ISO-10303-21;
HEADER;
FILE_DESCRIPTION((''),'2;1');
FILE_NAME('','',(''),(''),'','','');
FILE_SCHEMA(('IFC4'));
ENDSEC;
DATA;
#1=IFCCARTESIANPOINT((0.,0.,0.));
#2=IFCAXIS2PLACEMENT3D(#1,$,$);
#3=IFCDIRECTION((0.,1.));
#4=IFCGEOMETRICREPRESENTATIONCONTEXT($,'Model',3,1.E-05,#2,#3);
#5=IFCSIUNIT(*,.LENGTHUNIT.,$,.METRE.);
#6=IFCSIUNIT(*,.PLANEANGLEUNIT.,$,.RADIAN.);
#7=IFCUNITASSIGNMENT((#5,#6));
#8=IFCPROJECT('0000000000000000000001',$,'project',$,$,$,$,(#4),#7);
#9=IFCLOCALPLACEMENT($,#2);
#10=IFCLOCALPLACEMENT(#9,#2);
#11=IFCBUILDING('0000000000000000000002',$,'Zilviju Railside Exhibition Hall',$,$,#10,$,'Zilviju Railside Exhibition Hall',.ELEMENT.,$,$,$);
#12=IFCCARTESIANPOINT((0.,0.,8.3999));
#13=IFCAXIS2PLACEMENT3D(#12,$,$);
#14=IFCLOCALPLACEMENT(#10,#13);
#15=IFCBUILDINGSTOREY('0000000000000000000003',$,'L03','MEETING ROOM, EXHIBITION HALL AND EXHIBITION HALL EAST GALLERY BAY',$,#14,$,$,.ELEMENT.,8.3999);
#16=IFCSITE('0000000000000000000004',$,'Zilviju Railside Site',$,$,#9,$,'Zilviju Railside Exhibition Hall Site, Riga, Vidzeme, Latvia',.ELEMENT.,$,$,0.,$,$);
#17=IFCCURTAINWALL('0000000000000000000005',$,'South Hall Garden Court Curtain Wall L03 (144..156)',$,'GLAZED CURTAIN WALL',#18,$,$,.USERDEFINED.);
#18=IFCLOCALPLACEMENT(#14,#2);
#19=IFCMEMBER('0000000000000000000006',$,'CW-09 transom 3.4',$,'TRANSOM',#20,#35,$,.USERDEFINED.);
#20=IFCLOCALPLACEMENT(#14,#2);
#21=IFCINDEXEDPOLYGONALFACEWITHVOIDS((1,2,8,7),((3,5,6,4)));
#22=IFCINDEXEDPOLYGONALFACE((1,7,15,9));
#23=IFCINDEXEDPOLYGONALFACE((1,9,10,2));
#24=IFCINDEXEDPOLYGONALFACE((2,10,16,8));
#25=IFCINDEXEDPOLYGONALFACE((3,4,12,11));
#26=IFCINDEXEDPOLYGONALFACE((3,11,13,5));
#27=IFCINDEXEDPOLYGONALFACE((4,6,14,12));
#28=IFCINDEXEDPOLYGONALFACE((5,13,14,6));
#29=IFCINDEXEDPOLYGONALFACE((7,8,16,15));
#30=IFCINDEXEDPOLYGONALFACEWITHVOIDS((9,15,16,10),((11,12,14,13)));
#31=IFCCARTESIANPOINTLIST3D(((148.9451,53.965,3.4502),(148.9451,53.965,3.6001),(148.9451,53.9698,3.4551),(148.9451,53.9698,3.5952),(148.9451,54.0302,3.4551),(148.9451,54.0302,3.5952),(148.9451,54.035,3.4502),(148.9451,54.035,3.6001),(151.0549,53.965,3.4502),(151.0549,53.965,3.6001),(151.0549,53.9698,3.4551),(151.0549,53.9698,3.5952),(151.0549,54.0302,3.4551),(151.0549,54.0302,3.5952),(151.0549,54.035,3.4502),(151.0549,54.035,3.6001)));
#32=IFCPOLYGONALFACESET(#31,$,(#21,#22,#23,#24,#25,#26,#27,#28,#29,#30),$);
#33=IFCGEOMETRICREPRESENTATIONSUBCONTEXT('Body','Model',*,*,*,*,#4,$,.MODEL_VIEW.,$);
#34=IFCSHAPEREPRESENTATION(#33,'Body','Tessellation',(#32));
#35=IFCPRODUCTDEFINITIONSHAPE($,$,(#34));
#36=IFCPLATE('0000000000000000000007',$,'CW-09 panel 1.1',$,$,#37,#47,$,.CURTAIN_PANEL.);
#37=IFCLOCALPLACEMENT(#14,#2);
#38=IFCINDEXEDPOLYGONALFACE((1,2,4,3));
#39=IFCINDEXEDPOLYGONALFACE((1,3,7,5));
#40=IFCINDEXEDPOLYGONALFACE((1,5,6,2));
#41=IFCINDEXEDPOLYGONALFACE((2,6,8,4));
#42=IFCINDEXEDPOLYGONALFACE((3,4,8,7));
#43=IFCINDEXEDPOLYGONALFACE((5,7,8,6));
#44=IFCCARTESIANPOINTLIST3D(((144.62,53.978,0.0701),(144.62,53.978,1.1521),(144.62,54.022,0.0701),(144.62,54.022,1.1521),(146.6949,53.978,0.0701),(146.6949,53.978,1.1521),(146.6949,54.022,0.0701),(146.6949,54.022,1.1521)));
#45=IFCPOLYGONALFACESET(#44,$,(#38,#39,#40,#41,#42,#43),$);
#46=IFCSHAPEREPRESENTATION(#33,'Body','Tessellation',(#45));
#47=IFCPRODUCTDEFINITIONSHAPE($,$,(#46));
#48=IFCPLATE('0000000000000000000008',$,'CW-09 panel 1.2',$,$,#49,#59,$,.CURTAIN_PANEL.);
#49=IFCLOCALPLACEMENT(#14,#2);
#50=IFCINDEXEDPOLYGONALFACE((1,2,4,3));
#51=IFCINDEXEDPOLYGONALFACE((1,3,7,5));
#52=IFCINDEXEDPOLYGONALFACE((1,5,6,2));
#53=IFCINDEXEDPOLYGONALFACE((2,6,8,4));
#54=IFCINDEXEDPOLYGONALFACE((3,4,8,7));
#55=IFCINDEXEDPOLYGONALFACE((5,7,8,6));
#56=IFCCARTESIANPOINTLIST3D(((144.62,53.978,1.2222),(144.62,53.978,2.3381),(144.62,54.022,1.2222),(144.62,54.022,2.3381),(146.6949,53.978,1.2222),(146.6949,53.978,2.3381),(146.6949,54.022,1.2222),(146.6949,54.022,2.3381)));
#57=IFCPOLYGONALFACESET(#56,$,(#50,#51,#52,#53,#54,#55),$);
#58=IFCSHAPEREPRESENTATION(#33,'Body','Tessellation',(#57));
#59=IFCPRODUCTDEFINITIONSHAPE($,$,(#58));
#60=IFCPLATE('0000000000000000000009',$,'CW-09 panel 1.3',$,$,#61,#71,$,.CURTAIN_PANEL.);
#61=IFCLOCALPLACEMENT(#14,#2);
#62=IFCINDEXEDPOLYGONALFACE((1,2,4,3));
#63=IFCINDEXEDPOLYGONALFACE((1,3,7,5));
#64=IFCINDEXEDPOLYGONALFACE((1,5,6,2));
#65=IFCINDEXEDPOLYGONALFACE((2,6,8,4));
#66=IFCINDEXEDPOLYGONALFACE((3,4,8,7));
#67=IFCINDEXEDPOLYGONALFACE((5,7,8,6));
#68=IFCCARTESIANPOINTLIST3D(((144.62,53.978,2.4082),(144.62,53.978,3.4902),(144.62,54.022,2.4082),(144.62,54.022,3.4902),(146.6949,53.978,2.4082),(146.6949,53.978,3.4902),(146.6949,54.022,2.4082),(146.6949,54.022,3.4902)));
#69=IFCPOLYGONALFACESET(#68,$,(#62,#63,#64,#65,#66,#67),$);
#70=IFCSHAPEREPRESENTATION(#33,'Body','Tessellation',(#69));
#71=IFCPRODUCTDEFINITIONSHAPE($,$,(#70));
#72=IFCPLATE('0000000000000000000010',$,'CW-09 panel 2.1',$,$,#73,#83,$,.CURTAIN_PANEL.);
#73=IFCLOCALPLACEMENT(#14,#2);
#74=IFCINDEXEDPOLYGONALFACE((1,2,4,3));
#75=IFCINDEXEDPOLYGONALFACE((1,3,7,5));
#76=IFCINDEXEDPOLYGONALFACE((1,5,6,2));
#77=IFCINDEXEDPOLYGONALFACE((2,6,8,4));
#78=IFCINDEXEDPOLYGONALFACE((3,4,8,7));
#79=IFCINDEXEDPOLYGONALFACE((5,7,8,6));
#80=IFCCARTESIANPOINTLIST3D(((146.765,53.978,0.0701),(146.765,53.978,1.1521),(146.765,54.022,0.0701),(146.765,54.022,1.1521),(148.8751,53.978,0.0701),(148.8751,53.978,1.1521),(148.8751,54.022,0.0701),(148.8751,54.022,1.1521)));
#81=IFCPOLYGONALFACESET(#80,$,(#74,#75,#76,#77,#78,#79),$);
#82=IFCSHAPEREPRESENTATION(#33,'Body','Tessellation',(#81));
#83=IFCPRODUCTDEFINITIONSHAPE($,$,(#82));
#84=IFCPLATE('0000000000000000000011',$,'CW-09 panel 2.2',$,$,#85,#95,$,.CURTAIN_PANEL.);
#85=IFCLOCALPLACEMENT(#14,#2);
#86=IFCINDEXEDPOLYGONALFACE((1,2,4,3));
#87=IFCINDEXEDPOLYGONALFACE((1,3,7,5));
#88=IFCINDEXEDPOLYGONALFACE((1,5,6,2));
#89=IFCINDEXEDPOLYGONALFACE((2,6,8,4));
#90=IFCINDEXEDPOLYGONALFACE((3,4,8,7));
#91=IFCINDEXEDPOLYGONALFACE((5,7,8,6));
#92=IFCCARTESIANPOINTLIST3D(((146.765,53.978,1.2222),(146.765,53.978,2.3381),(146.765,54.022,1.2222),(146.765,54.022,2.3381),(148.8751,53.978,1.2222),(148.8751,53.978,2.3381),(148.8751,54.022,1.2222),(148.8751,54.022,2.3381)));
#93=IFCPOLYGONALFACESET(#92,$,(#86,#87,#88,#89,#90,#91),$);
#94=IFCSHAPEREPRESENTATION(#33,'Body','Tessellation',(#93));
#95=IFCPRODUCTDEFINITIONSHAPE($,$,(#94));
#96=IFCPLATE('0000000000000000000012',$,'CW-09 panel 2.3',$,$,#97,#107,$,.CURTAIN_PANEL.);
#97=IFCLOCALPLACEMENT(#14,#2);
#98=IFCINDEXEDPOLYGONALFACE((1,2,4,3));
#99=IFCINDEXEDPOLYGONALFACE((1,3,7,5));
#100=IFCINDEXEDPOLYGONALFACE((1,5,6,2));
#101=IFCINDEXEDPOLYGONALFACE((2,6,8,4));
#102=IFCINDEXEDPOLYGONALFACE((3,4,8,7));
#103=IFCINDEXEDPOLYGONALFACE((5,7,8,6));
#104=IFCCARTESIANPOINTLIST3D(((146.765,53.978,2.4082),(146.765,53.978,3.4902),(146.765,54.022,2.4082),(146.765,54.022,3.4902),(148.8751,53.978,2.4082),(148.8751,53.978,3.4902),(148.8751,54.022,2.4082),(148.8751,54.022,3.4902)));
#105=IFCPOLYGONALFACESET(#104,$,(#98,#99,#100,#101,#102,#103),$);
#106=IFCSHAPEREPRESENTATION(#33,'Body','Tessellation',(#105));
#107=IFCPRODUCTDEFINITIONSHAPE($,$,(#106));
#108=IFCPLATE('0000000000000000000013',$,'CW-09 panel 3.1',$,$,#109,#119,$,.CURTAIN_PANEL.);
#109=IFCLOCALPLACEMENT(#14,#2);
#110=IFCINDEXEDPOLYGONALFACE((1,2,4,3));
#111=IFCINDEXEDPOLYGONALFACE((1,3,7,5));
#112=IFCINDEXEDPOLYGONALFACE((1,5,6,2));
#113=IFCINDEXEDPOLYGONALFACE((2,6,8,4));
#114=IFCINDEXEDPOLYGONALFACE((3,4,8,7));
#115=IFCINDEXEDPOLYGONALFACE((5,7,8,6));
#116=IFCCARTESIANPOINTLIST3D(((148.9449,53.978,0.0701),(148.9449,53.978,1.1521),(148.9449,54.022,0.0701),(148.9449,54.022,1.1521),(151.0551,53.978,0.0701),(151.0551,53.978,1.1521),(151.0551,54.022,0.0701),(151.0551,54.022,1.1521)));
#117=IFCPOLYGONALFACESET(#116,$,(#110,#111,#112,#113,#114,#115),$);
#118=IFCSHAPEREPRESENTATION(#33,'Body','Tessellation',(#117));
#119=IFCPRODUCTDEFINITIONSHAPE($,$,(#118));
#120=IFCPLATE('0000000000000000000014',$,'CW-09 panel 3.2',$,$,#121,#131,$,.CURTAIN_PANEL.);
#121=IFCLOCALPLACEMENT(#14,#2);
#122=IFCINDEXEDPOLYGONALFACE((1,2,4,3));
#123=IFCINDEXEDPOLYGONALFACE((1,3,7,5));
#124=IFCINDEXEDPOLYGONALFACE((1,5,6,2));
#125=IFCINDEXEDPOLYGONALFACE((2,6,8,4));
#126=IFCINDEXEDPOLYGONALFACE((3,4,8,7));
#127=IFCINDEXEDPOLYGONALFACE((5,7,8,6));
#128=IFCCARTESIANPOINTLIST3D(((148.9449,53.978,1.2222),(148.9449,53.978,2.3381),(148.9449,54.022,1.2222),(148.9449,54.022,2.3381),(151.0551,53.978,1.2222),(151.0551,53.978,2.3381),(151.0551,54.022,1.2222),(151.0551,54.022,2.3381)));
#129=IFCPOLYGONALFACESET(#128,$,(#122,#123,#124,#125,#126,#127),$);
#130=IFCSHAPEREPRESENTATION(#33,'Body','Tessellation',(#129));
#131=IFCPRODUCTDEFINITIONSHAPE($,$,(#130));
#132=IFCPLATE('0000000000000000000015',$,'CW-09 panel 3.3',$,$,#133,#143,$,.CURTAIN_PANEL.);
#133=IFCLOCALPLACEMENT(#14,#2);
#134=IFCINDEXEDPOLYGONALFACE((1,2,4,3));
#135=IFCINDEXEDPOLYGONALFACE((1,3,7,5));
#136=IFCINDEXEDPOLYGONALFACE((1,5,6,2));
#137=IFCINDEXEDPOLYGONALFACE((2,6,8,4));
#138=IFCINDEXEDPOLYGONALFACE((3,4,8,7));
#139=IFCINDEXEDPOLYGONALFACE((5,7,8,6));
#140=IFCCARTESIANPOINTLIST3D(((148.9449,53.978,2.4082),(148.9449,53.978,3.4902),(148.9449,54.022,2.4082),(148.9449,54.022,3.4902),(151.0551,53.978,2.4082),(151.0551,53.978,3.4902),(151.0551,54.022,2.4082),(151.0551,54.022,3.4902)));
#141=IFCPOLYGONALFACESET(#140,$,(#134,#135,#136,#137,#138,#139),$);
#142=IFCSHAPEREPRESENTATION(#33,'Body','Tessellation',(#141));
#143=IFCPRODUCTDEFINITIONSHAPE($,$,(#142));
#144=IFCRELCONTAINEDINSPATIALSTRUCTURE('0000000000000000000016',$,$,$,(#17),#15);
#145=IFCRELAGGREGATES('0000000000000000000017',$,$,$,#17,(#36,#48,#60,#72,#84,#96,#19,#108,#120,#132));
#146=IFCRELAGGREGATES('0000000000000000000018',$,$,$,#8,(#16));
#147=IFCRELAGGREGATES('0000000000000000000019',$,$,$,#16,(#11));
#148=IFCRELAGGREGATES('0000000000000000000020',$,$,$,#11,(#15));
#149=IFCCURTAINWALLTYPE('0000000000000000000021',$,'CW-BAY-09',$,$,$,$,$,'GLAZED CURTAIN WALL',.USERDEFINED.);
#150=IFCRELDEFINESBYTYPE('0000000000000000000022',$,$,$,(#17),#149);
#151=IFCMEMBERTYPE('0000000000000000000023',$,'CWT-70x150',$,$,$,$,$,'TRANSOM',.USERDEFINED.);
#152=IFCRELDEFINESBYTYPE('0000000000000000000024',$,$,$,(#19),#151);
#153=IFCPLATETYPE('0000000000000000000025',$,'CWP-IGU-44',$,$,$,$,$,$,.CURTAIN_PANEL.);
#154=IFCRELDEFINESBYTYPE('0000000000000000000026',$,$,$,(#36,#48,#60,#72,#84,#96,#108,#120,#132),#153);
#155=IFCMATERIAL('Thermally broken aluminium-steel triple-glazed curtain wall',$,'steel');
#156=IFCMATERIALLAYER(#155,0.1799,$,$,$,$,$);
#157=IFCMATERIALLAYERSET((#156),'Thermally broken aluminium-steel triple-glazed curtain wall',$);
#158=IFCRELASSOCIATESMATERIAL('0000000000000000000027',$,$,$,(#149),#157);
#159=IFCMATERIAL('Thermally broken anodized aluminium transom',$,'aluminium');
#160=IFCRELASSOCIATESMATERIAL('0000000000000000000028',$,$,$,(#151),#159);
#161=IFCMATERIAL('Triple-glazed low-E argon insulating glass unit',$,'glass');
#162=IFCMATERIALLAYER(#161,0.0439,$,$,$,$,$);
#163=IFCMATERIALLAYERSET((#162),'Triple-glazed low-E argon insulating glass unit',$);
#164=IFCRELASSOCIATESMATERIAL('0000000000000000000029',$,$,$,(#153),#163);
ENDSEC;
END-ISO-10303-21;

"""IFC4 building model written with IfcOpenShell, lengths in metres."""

from ifc_helpers import new_model, si_unit, direction, frame, origin, origin_2d, place, context, subcontext, project, spatial, rectangle, hollow_rectangle, extrude, material, layer, layer_set, material_profile, profile_set, type_object, element, aggregate, save


model = new_model("IFC4")

# Units and contexts
model_context = context("Model", 3, precision=1e-05, world=origin(), true_north=direction((0.0, 1.0)))
body_context = subcontext(model_context, "Body", "Model", "MODEL_VIEW")
ifc_project = project(units=[si_unit("LENGTHUNIT", "METRE"), si_unit("PLANEANGLEUNIT", "RADIAN")], contexts=[model_context])

# Site, building, storey
site_placement = place(None, origin())
site = spatial("IfcSite", under=ifc_project, at=site_placement, Name="Zilviju Railside Site", LongName="Zilviju Railside Exhibition Hall Site, Riga, Vidzeme, Latvia", CompositionType="ELEMENT", RefElevation=0.0)
building_placement = place(site_placement, origin())
building = spatial("IfcBuilding", under=site, at=building_placement, Name="Zilviju Railside Exhibition Hall", LongName="Zilviju Railside Exhibition Hall", CompositionType="ELEMENT")
storey_placement = place(building_placement, frame((0.0, 0.0, 8.3999)))
storey = spatial("IfcBuildingStorey", under=building, at=storey_placement, Name="L03", Description="MEETING ROOM, EXHIBITION HALL AND EXHIBITION HALL EAST GALLERY BAY", CompositionType="ELEMENT", Elevation=8.3999)

# Curtain wall, member, plates
ifc_material_1 = material(Name="Thermally broken aluminium-steel triple-glazed curtain wall", Category="steel")
ifc_layer_1 = layer(ifc_material_1, 0.1799)
ifc_layer_set_1 = layer_set([ifc_layer_1], Name="Thermally broken aluminium-steel triple-glazed curtain wall")
curtain_wall_type = type_object("IfcCurtainWallType", Name="CW-BAY-09", ElementType="GLAZED CURTAIN WALL", PredefinedType="USERDEFINED", material=ifc_layer_set_1)
curtain_wall_placement = place(storey_placement, origin())
curtain_wall = element("IfcCurtainWall", 1, at=curtain_wall_placement, inside=storey, type_object=curtain_wall_type, Name="South Hall Garden Court Curtain Wall L03 (144..156)", ObjectType="GLAZED CURTAIN WALL", PredefinedType="USERDEFINED")
ifc_material_2 = material(Name="Thermally broken anodized aluminium transom", Category="aluminium")
ifc_material_profile_1 = material_profile(ifc_material_2, hollow_rectangle(XDim=0.0701, YDim=0.1499, WallThickness=0.0049, at=origin_2d()), Name="TRANSOM 150x70x5")
ifc_profile_set_1 = profile_set([ifc_material_profile_1], Name="Thermally broken anodized aluminium transom")
member_type_1 = type_object("IfcMemberType", Name="CWT-70x150", ElementType="TRANSOM", PredefinedType="USERDEFINED", material=ifc_profile_set_1)
member_1_placement = place(storey_placement, frame((148.9451, 54.0, 3.5251), z_axis=(1.0, 0.0, 0.0), x_axis=(0.0, 1.0, 0.0)))
member_1 = element("IfcMember", 2, at=member_1_placement, type_object=member_type_1, Name="CW-09 transom 3.4", ObjectType="TRANSOM", PredefinedType="USERDEFINED", context=body_context, shape_type="SweptSolid", body=[
    extrude(hollow_rectangle(XDim=0.0701, YDim=0.1499, WallThickness=0.0049, at=origin_2d()), origin(), (0.0, 0.0, 1.0), 2.1099),
])
ifc_material_3 = material(Name="Triple-glazed low-E argon insulating glass unit", Category="glass")
ifc_layer_2 = layer(ifc_material_3, 0.0439)
ifc_layer_set_2 = layer_set([ifc_layer_2], Name="Triple-glazed low-E argon insulating glass unit")
plate_type = type_object("IfcPlateType", Name="CWP-IGU-44", PredefinedType="CURTAIN_PANEL", material=ifc_layer_set_2)
plate_1_placement = place(storey_placement, frame((145.6575, 54.0, 0.0701), z_axis=(0.0, 0.0, 1.0), x_axis=(1.0, 0.0, 0.0)))
plate_1 = element("IfcPlate", 3, at=plate_1_placement, type_object=plate_type, Name="CW-09 panel 1.1", PredefinedType="CURTAIN_PANEL", context=body_context, shape_type="SweptSolid", body=[
    extrude(rectangle(XDim=2.075, YDim=0.0439, at=origin_2d()), origin(), (0.0, 0.0, 1.0), 1.082),
])
plate_2_placement = place(storey_placement, frame((145.6575, 54.0, 1.2222), z_axis=(0.0, 0.0, 1.0), x_axis=(1.0, 0.0, 0.0)))
plate_2 = element("IfcPlate", 4, at=plate_2_placement, type_object=plate_type, Name="CW-09 panel 1.2", PredefinedType="CURTAIN_PANEL", context=body_context, shape_type="SweptSolid", body=[
    extrude(rectangle(XDim=2.075, YDim=0.0439, at=origin_2d()), origin(), (0.0, 0.0, 1.0), 1.116),
])
plate_3_placement = place(storey_placement, frame((145.6575, 54.0, 2.4082), z_axis=(0.0, 0.0, 1.0), x_axis=(1.0, 0.0, 0.0)))
plate_3 = element("IfcPlate", 5, at=plate_3_placement, type_object=plate_type, Name="CW-09 panel 1.3", PredefinedType="CURTAIN_PANEL", context=body_context, shape_type="SweptSolid", body=[
    extrude(rectangle(XDim=2.075, YDim=0.0439, at=origin_2d()), origin(), (0.0, 0.0, 1.0), 1.082),
])
plate_4_placement = place(storey_placement, frame((147.8201, 54.0, 0.0701), z_axis=(0.0, 0.0, 1.0), x_axis=(1.0, 0.0, 0.0)))
plate_4 = element("IfcPlate", 6, at=plate_4_placement, type_object=plate_type, Name="CW-09 panel 2.1", PredefinedType="CURTAIN_PANEL", context=body_context, shape_type="SweptSolid", body=[
    extrude(rectangle(XDim=2.1101, YDim=0.0439, at=origin_2d()), origin(), (0.0, 0.0, 1.0), 1.082),
])
plate_5_placement = place(storey_placement, frame((147.8201, 54.0, 1.2222), z_axis=(0.0, 0.0, 1.0), x_axis=(1.0, 0.0, 0.0)))
plate_5 = element("IfcPlate", 7, at=plate_5_placement, type_object=plate_type, Name="CW-09 panel 2.2", PredefinedType="CURTAIN_PANEL", context=body_context, shape_type="SweptSolid", body=[
    extrude(rectangle(XDim=2.1101, YDim=0.0439, at=origin_2d()), origin(), (0.0, 0.0, 1.0), 1.116),
])
plate_6_placement = place(storey_placement, frame((147.8201, 54.0, 2.4082), z_axis=(0.0, 0.0, 1.0), x_axis=(1.0, 0.0, 0.0)))
plate_6 = element("IfcPlate", 8, at=plate_6_placement, type_object=plate_type, Name="CW-09 panel 2.3", PredefinedType="CURTAIN_PANEL", context=body_context, shape_type="SweptSolid", body=[
    extrude(rectangle(XDim=2.1101, YDim=0.0439, at=origin_2d()), origin(), (0.0, 0.0, 1.0), 1.082),
])
plate_7_placement = place(storey_placement, frame((150.0, 54.0, 0.0701), z_axis=(0.0, 0.0, 1.0), x_axis=(1.0, 0.0, 0.0)))
plate_7 = element("IfcPlate", 9, at=plate_7_placement, type_object=plate_type, Name="CW-09 panel 3.1", PredefinedType="CURTAIN_PANEL", context=body_context, shape_type="SweptSolid", body=[
    extrude(rectangle(XDim=2.1101, YDim=0.0439, at=origin_2d()), origin(), (0.0, 0.0, 1.0), 1.082),
])
plate_8_placement = place(storey_placement, frame((150.0, 54.0, 1.2222), z_axis=(0.0, 0.0, 1.0), x_axis=(1.0, 0.0, 0.0)))
plate_8 = element("IfcPlate", 10, at=plate_8_placement, type_object=plate_type, Name="CW-09 panel 3.2", PredefinedType="CURTAIN_PANEL", context=body_context, shape_type="SweptSolid", body=[
    extrude(rectangle(XDim=2.1101, YDim=0.0439, at=origin_2d()), origin(), (0.0, 0.0, 1.0), 1.116),
])
plate_9_placement = place(storey_placement, frame((150.0, 54.0, 2.4082), z_axis=(0.0, 0.0, 1.0), x_axis=(1.0, 0.0, 0.0)))
plate_9 = element("IfcPlate", 11, at=plate_9_placement, type_object=plate_type, Name="CW-09 panel 3.3", PredefinedType="CURTAIN_PANEL", context=body_context, shape_type="SweptSolid", body=[
    extrude(rectangle(XDim=2.1101, YDim=0.0439, at=origin_2d()), origin(), (0.0, 0.0, 1.0), 1.082),
])
aggregate(curtain_wall, [plate_1, plate_2, plate_3, plate_4, plate_5, plate_6, member_1, plate_7, plate_8, plate_9])

save(model, "model.ifc")
